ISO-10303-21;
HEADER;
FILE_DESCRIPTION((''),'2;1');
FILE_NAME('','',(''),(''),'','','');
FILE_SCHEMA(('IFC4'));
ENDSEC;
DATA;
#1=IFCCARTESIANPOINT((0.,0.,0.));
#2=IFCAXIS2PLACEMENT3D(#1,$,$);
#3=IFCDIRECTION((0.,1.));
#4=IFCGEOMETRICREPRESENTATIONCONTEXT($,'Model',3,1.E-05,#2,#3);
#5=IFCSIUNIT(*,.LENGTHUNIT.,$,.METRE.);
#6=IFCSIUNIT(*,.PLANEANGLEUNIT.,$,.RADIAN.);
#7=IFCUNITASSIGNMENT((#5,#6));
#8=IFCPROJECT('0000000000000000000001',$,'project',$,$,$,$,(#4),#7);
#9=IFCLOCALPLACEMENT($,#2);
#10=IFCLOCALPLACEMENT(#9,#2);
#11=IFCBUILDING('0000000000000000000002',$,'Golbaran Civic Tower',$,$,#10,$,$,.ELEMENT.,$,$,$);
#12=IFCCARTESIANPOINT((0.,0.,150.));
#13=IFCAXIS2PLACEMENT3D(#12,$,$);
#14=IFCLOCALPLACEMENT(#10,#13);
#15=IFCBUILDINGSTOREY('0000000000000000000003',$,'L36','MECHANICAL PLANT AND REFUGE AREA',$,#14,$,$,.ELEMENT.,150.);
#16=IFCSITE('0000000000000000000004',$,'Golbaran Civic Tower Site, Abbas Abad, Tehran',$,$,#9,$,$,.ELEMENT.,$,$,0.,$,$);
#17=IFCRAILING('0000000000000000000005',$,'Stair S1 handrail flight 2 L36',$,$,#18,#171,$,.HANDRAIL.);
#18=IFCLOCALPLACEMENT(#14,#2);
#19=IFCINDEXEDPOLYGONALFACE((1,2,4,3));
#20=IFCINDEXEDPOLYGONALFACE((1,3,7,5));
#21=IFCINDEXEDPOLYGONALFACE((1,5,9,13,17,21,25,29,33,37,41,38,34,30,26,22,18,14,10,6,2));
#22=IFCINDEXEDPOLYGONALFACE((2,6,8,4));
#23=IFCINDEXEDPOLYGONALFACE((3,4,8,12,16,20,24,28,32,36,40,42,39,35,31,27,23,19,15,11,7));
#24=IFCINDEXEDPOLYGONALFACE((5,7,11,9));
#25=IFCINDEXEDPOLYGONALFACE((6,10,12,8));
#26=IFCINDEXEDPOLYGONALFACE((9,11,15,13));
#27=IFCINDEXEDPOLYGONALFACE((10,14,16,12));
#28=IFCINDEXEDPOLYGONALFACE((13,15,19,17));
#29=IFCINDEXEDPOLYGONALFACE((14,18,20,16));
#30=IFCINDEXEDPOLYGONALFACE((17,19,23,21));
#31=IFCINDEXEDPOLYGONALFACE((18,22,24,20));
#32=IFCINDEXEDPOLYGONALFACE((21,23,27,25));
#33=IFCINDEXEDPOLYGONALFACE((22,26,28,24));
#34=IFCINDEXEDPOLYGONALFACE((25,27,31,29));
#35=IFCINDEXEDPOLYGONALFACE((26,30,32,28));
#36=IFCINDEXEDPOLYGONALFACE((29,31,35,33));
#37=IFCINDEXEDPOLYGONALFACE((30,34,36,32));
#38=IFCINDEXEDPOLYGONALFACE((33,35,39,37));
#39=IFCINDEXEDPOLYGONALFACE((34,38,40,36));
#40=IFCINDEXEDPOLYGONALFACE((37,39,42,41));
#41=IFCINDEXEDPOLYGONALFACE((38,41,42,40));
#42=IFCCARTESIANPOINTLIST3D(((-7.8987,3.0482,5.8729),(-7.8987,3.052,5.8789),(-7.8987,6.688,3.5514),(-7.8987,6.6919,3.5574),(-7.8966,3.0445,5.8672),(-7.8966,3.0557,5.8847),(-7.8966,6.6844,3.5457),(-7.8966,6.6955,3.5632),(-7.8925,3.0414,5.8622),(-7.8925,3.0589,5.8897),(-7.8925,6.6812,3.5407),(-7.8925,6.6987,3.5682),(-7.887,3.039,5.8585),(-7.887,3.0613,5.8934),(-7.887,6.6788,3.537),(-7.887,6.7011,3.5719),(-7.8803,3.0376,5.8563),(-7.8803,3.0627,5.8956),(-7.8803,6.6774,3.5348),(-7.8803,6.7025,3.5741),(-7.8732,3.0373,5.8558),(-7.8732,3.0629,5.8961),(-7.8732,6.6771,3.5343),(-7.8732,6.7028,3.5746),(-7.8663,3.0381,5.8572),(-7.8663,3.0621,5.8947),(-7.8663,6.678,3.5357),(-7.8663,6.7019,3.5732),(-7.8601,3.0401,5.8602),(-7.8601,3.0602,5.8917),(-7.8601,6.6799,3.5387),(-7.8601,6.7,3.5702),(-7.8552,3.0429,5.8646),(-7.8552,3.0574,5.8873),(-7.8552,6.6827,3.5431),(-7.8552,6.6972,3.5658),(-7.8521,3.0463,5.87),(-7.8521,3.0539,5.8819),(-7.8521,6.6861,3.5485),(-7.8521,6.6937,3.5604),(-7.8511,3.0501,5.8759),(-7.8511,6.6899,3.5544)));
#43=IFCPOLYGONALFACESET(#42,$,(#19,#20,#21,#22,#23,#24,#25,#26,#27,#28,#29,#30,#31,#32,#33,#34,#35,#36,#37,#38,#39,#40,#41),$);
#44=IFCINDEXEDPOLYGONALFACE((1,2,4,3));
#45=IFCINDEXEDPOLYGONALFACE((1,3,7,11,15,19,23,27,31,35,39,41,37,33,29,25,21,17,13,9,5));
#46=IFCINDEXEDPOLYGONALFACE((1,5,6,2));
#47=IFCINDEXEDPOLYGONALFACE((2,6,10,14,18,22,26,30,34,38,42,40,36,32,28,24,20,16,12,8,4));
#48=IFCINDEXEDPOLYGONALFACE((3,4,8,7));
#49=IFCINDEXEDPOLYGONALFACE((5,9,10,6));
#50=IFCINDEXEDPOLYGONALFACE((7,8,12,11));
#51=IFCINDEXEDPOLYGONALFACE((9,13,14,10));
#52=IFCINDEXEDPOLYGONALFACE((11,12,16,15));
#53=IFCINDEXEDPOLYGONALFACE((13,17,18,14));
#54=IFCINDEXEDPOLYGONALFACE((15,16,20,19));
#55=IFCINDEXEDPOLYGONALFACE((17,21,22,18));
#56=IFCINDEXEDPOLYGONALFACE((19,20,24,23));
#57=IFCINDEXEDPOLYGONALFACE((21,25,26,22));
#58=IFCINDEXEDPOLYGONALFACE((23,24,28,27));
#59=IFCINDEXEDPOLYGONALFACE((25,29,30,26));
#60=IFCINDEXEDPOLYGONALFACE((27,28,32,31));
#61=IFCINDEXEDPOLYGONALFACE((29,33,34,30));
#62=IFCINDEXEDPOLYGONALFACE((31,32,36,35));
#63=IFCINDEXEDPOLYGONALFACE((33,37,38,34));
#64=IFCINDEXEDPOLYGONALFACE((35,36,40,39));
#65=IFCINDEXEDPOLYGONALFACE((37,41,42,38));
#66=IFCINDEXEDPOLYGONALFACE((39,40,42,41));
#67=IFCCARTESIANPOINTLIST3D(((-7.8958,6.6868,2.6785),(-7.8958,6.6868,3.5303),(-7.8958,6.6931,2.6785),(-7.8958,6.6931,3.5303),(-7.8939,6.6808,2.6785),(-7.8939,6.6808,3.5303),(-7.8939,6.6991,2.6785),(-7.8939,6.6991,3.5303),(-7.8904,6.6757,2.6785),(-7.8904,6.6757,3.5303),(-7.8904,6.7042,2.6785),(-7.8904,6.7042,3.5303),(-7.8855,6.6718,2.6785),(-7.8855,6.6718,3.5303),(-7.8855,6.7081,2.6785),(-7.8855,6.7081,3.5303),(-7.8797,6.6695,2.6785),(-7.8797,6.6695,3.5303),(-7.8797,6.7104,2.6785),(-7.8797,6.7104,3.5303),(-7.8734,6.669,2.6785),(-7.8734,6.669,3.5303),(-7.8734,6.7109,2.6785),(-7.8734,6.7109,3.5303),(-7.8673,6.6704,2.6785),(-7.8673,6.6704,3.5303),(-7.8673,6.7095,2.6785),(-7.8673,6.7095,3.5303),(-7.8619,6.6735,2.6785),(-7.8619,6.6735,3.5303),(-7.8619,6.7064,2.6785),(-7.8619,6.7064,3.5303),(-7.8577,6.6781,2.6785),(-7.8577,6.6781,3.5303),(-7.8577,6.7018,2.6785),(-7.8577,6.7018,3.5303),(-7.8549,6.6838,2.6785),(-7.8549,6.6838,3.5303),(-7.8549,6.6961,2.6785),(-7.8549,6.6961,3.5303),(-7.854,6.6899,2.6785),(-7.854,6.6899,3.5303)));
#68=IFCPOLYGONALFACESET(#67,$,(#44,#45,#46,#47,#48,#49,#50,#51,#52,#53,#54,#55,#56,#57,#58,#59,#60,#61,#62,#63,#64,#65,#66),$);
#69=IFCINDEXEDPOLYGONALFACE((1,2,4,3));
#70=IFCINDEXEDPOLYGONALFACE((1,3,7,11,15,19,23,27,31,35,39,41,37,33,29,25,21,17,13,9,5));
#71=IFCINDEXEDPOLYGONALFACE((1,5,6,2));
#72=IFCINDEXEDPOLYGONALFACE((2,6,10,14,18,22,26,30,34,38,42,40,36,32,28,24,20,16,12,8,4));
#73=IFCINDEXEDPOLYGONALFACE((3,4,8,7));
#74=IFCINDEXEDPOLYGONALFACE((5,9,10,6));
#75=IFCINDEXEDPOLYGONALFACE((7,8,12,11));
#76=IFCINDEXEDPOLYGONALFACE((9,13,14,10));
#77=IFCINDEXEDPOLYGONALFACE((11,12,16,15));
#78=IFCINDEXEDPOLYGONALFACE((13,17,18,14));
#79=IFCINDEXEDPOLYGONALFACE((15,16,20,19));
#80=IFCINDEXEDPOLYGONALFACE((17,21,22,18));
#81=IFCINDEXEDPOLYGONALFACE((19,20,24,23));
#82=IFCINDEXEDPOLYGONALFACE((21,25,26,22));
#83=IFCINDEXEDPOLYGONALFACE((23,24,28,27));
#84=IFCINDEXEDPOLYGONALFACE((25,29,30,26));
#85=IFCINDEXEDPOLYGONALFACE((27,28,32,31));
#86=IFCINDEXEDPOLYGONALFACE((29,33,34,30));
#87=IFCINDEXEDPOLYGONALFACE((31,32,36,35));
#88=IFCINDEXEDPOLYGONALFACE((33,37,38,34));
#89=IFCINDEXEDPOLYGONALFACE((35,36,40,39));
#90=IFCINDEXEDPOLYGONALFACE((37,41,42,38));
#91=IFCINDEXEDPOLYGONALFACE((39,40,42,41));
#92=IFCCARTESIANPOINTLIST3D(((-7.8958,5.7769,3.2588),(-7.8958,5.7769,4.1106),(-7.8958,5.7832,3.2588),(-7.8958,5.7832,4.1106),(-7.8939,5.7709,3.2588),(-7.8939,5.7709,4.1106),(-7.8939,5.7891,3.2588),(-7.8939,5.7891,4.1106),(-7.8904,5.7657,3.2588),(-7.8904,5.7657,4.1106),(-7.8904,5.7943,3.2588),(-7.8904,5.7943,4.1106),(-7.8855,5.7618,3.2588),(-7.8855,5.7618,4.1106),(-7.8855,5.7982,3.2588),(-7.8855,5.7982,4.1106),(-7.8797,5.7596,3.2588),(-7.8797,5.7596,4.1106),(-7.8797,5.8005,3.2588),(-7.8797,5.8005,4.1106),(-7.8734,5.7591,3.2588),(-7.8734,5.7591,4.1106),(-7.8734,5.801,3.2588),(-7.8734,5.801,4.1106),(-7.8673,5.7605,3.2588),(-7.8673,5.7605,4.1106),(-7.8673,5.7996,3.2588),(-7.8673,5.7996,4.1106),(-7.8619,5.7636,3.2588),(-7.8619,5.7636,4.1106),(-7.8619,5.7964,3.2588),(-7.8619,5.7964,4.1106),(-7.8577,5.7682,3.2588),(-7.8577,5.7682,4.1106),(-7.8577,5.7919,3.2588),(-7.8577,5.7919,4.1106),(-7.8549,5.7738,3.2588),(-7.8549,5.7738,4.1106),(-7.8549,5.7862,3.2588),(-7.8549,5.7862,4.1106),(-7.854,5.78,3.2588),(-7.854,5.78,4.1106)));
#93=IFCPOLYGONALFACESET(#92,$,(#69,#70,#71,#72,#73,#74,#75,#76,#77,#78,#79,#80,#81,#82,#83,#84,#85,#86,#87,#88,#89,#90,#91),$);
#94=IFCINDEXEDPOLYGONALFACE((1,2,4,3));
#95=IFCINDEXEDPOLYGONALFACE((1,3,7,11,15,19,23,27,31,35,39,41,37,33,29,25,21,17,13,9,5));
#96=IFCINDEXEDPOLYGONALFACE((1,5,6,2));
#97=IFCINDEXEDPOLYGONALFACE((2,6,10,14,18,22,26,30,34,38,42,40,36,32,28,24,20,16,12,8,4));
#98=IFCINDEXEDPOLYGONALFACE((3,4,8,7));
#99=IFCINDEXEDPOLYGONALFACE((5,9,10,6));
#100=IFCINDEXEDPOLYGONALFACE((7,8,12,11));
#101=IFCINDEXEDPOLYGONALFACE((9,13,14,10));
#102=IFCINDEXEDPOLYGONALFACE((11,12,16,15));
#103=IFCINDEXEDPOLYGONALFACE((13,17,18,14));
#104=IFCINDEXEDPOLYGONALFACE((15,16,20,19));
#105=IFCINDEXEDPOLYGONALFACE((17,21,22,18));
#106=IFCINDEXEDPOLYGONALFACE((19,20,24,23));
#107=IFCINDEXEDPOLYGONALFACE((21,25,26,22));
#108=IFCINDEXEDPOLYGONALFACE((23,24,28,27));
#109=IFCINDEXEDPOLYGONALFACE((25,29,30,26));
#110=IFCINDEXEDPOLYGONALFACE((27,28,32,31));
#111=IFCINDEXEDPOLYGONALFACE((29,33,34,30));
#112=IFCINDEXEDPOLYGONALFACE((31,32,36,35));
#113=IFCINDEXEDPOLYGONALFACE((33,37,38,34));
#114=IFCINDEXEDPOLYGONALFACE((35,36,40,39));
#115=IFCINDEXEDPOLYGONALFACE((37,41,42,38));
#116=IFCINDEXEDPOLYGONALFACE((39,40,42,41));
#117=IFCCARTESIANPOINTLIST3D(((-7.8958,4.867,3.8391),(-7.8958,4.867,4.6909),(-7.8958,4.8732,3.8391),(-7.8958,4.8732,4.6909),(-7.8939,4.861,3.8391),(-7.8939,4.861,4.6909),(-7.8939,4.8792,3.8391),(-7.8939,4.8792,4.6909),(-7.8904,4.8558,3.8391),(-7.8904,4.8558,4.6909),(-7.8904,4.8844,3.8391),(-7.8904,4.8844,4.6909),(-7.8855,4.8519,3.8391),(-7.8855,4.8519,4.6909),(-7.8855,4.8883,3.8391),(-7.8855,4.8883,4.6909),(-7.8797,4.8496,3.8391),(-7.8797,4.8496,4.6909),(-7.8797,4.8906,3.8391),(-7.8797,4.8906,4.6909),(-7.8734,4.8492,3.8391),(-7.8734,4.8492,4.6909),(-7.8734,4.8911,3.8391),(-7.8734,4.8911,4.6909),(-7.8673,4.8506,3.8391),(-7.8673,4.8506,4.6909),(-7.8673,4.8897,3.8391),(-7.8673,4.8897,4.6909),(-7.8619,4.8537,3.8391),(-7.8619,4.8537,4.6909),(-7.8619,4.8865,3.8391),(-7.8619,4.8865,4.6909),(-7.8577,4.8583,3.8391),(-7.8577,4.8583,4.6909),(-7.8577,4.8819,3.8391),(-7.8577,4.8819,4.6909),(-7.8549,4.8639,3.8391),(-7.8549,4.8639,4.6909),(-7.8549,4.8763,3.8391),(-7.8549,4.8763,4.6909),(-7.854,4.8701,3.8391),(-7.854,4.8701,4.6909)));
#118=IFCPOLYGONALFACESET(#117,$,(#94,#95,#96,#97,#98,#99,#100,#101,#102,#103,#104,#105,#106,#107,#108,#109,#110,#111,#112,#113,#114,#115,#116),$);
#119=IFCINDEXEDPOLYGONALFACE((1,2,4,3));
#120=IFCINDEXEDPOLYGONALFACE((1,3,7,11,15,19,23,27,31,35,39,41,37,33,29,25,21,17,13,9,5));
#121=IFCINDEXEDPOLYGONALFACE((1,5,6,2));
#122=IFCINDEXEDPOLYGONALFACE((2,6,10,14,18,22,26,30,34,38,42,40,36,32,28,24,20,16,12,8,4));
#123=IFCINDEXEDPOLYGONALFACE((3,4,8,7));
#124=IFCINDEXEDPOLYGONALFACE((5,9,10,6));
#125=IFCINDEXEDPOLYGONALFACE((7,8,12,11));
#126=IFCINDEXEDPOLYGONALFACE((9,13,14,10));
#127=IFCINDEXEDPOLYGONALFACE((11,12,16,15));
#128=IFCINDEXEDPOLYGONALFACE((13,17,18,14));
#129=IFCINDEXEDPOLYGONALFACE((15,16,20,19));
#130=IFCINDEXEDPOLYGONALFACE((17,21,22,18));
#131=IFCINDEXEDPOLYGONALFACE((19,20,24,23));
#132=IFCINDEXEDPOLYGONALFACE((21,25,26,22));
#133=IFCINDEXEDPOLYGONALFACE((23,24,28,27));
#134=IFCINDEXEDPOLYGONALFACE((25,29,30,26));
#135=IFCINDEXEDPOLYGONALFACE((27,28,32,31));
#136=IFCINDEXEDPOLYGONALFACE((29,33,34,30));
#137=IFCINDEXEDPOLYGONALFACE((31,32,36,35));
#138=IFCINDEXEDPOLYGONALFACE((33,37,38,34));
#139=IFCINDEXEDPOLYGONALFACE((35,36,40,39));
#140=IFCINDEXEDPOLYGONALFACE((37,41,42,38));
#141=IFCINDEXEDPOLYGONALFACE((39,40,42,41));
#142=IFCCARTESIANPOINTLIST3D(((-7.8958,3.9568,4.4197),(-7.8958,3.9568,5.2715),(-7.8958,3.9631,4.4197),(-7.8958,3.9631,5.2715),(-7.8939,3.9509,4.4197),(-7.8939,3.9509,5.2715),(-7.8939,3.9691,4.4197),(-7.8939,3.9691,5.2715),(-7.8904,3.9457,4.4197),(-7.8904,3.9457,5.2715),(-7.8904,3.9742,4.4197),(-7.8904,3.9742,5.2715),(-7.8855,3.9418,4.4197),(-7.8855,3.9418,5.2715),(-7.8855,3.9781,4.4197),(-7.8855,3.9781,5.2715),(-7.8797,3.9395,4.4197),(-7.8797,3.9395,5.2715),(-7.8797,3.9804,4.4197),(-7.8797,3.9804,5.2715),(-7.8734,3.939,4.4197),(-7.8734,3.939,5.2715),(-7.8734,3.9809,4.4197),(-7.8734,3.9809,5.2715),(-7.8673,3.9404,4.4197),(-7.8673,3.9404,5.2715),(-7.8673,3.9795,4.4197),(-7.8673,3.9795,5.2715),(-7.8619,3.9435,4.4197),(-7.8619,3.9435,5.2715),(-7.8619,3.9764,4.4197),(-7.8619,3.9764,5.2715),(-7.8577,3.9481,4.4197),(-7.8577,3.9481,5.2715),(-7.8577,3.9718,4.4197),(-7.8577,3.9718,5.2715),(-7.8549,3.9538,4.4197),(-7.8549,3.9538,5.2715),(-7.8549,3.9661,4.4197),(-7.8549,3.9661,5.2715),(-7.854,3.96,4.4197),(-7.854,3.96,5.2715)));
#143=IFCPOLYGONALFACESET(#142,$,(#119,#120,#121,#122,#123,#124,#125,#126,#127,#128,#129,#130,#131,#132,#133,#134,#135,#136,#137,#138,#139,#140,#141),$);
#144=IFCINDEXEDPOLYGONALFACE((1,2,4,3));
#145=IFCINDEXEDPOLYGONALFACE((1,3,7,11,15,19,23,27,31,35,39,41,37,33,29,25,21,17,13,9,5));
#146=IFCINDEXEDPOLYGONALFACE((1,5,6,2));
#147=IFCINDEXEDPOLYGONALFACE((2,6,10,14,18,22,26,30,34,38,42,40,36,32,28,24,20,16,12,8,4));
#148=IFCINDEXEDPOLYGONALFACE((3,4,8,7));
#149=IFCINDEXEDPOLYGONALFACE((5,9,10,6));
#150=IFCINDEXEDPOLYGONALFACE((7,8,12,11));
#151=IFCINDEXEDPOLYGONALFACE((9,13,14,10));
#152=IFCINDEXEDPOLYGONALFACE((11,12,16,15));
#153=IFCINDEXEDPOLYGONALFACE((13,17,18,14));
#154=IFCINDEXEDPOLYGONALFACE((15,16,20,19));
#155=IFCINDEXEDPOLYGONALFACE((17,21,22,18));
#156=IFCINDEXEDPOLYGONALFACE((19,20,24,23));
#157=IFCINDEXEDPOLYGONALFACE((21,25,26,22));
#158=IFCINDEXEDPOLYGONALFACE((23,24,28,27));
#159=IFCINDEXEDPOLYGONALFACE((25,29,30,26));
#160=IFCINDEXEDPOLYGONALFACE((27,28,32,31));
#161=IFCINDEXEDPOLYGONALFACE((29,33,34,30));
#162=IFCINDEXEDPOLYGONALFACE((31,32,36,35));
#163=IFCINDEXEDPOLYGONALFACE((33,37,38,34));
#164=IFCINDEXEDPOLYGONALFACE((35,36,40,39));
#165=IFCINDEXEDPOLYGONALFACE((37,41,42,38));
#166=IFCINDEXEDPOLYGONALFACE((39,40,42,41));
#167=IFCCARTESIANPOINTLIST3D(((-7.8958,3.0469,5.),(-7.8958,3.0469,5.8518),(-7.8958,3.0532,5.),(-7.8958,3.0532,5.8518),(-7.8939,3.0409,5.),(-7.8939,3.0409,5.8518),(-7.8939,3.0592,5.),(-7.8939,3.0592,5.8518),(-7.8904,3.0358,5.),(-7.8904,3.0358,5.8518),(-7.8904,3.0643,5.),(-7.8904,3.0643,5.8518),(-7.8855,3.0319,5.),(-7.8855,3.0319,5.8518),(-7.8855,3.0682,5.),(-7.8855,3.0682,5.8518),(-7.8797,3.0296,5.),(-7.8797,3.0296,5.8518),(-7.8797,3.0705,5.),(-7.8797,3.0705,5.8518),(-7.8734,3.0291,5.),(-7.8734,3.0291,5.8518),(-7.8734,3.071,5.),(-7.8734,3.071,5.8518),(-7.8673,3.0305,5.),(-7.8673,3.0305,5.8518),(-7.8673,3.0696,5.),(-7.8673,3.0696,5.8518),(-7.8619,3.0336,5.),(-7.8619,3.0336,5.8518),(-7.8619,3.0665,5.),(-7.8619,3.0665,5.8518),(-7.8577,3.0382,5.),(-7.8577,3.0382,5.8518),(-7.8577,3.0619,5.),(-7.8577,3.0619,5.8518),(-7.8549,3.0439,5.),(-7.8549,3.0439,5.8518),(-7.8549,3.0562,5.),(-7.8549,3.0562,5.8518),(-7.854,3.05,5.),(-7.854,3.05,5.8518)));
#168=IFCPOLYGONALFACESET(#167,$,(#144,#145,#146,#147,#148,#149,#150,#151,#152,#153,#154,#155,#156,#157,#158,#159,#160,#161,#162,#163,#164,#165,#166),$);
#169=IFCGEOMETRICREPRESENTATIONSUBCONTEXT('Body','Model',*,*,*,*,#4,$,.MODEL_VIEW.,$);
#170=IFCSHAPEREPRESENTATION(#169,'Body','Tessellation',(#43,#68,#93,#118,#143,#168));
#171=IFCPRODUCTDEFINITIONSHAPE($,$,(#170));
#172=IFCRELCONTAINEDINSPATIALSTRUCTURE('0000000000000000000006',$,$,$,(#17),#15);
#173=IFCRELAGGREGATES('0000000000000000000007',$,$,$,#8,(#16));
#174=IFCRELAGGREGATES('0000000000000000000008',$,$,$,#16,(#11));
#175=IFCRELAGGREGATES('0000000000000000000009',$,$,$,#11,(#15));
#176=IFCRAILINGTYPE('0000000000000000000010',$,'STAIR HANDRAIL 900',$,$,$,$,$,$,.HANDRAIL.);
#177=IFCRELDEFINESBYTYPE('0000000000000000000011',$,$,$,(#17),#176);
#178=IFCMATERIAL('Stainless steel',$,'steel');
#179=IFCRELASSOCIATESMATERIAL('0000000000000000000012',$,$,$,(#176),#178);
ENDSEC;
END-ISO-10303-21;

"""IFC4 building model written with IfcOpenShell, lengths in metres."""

from ifc_helpers import new_model, si_unit, direction, frame, origin, origin_2d, place, context, subcontext, project, spatial, circle, extrude, material, type_object, element, save


model = new_model("IFC4")

# Units and contexts
model_context = context("Model", 3, precision=1e-05, world=origin(), true_north=direction((0.0, 1.0)))
body_context = subcontext(model_context, "Body", "Model", "MODEL_VIEW")
ifc_project = project(units=[si_unit("LENGTHUNIT", "METRE"), si_unit("PLANEANGLEUNIT", "RADIAN")], contexts=[model_context])

# Site, building, storey
site_placement = place(None, origin())
site = spatial("IfcSite", under=ifc_project, at=site_placement, Name="Golbaran Civic Tower Site, Abbas Abad, Tehran", CompositionType="ELEMENT", RefElevation=0.0)
building_placement = place(site_placement, origin())
building = spatial("IfcBuilding", under=site, at=building_placement, Name="Golbaran Civic Tower", CompositionType="ELEMENT")
storey_placement = place(building_placement, frame((0.0, 0.0, 150.0)))
storey = spatial("IfcBuildingStorey", under=building, at=storey_placement, Name="L36", Description="MECHANICAL PLANT AND REFUGE AREA", CompositionType="ELEMENT", Elevation=150.0)

# Railing
ifc_material_1 = material(Name="Stainless steel", Category="steel")
railing_type = type_object("IfcRailingType", Name="STAIR HANDRAIL 900", PredefinedType="HANDRAIL", material=ifc_material_1)
railing_1_placement = place(storey_placement, frame((-7.875, 6.6899, 2.6785)))
element("IfcRailing", 1, at=railing_1_placement, inside=storey, type_object=railing_type, Name="Stair S1 handrail flight 2 L36", PredefinedType="HANDRAIL", context=body_context, shape_type="SweptSolid", body=[
    extrude(circle(Radius=0.0239, at=origin_2d()), frame((0.0, 0.0, 0.876), z_axis=(0.0, -0.843112, 0.537739), x_axis=(1.0, 0.0, 0.0)), (0.0, 0.0, 1.0), 4.3171),
    extrude(circle(Radius=0.021, at=origin_2d()), origin(), (0.0, 0.0, 1.0), 0.8518),
    extrude(circle(Radius=0.021, at=origin_2d()), frame((0.0, -0.9099, 0.5803)), (0.0, 0.0, 1.0), 0.8518),
    extrude(circle(Radius=0.021, at=origin_2d()), frame((0.0, -1.8198, 1.1606)), (0.0, 0.0, 1.0), 0.8518),
    extrude(circle(Radius=0.021, at=origin_2d()), frame((0.0, -2.73, 1.7412)), (0.0, 0.0, 1.0), 0.8518),
    extrude(circle(Radius=0.021, at=origin_2d()), frame((0.0, -3.6399, 2.3215)), (0.0, 0.0, 1.0), 0.8518),
])

save(model, "model.ifc")
